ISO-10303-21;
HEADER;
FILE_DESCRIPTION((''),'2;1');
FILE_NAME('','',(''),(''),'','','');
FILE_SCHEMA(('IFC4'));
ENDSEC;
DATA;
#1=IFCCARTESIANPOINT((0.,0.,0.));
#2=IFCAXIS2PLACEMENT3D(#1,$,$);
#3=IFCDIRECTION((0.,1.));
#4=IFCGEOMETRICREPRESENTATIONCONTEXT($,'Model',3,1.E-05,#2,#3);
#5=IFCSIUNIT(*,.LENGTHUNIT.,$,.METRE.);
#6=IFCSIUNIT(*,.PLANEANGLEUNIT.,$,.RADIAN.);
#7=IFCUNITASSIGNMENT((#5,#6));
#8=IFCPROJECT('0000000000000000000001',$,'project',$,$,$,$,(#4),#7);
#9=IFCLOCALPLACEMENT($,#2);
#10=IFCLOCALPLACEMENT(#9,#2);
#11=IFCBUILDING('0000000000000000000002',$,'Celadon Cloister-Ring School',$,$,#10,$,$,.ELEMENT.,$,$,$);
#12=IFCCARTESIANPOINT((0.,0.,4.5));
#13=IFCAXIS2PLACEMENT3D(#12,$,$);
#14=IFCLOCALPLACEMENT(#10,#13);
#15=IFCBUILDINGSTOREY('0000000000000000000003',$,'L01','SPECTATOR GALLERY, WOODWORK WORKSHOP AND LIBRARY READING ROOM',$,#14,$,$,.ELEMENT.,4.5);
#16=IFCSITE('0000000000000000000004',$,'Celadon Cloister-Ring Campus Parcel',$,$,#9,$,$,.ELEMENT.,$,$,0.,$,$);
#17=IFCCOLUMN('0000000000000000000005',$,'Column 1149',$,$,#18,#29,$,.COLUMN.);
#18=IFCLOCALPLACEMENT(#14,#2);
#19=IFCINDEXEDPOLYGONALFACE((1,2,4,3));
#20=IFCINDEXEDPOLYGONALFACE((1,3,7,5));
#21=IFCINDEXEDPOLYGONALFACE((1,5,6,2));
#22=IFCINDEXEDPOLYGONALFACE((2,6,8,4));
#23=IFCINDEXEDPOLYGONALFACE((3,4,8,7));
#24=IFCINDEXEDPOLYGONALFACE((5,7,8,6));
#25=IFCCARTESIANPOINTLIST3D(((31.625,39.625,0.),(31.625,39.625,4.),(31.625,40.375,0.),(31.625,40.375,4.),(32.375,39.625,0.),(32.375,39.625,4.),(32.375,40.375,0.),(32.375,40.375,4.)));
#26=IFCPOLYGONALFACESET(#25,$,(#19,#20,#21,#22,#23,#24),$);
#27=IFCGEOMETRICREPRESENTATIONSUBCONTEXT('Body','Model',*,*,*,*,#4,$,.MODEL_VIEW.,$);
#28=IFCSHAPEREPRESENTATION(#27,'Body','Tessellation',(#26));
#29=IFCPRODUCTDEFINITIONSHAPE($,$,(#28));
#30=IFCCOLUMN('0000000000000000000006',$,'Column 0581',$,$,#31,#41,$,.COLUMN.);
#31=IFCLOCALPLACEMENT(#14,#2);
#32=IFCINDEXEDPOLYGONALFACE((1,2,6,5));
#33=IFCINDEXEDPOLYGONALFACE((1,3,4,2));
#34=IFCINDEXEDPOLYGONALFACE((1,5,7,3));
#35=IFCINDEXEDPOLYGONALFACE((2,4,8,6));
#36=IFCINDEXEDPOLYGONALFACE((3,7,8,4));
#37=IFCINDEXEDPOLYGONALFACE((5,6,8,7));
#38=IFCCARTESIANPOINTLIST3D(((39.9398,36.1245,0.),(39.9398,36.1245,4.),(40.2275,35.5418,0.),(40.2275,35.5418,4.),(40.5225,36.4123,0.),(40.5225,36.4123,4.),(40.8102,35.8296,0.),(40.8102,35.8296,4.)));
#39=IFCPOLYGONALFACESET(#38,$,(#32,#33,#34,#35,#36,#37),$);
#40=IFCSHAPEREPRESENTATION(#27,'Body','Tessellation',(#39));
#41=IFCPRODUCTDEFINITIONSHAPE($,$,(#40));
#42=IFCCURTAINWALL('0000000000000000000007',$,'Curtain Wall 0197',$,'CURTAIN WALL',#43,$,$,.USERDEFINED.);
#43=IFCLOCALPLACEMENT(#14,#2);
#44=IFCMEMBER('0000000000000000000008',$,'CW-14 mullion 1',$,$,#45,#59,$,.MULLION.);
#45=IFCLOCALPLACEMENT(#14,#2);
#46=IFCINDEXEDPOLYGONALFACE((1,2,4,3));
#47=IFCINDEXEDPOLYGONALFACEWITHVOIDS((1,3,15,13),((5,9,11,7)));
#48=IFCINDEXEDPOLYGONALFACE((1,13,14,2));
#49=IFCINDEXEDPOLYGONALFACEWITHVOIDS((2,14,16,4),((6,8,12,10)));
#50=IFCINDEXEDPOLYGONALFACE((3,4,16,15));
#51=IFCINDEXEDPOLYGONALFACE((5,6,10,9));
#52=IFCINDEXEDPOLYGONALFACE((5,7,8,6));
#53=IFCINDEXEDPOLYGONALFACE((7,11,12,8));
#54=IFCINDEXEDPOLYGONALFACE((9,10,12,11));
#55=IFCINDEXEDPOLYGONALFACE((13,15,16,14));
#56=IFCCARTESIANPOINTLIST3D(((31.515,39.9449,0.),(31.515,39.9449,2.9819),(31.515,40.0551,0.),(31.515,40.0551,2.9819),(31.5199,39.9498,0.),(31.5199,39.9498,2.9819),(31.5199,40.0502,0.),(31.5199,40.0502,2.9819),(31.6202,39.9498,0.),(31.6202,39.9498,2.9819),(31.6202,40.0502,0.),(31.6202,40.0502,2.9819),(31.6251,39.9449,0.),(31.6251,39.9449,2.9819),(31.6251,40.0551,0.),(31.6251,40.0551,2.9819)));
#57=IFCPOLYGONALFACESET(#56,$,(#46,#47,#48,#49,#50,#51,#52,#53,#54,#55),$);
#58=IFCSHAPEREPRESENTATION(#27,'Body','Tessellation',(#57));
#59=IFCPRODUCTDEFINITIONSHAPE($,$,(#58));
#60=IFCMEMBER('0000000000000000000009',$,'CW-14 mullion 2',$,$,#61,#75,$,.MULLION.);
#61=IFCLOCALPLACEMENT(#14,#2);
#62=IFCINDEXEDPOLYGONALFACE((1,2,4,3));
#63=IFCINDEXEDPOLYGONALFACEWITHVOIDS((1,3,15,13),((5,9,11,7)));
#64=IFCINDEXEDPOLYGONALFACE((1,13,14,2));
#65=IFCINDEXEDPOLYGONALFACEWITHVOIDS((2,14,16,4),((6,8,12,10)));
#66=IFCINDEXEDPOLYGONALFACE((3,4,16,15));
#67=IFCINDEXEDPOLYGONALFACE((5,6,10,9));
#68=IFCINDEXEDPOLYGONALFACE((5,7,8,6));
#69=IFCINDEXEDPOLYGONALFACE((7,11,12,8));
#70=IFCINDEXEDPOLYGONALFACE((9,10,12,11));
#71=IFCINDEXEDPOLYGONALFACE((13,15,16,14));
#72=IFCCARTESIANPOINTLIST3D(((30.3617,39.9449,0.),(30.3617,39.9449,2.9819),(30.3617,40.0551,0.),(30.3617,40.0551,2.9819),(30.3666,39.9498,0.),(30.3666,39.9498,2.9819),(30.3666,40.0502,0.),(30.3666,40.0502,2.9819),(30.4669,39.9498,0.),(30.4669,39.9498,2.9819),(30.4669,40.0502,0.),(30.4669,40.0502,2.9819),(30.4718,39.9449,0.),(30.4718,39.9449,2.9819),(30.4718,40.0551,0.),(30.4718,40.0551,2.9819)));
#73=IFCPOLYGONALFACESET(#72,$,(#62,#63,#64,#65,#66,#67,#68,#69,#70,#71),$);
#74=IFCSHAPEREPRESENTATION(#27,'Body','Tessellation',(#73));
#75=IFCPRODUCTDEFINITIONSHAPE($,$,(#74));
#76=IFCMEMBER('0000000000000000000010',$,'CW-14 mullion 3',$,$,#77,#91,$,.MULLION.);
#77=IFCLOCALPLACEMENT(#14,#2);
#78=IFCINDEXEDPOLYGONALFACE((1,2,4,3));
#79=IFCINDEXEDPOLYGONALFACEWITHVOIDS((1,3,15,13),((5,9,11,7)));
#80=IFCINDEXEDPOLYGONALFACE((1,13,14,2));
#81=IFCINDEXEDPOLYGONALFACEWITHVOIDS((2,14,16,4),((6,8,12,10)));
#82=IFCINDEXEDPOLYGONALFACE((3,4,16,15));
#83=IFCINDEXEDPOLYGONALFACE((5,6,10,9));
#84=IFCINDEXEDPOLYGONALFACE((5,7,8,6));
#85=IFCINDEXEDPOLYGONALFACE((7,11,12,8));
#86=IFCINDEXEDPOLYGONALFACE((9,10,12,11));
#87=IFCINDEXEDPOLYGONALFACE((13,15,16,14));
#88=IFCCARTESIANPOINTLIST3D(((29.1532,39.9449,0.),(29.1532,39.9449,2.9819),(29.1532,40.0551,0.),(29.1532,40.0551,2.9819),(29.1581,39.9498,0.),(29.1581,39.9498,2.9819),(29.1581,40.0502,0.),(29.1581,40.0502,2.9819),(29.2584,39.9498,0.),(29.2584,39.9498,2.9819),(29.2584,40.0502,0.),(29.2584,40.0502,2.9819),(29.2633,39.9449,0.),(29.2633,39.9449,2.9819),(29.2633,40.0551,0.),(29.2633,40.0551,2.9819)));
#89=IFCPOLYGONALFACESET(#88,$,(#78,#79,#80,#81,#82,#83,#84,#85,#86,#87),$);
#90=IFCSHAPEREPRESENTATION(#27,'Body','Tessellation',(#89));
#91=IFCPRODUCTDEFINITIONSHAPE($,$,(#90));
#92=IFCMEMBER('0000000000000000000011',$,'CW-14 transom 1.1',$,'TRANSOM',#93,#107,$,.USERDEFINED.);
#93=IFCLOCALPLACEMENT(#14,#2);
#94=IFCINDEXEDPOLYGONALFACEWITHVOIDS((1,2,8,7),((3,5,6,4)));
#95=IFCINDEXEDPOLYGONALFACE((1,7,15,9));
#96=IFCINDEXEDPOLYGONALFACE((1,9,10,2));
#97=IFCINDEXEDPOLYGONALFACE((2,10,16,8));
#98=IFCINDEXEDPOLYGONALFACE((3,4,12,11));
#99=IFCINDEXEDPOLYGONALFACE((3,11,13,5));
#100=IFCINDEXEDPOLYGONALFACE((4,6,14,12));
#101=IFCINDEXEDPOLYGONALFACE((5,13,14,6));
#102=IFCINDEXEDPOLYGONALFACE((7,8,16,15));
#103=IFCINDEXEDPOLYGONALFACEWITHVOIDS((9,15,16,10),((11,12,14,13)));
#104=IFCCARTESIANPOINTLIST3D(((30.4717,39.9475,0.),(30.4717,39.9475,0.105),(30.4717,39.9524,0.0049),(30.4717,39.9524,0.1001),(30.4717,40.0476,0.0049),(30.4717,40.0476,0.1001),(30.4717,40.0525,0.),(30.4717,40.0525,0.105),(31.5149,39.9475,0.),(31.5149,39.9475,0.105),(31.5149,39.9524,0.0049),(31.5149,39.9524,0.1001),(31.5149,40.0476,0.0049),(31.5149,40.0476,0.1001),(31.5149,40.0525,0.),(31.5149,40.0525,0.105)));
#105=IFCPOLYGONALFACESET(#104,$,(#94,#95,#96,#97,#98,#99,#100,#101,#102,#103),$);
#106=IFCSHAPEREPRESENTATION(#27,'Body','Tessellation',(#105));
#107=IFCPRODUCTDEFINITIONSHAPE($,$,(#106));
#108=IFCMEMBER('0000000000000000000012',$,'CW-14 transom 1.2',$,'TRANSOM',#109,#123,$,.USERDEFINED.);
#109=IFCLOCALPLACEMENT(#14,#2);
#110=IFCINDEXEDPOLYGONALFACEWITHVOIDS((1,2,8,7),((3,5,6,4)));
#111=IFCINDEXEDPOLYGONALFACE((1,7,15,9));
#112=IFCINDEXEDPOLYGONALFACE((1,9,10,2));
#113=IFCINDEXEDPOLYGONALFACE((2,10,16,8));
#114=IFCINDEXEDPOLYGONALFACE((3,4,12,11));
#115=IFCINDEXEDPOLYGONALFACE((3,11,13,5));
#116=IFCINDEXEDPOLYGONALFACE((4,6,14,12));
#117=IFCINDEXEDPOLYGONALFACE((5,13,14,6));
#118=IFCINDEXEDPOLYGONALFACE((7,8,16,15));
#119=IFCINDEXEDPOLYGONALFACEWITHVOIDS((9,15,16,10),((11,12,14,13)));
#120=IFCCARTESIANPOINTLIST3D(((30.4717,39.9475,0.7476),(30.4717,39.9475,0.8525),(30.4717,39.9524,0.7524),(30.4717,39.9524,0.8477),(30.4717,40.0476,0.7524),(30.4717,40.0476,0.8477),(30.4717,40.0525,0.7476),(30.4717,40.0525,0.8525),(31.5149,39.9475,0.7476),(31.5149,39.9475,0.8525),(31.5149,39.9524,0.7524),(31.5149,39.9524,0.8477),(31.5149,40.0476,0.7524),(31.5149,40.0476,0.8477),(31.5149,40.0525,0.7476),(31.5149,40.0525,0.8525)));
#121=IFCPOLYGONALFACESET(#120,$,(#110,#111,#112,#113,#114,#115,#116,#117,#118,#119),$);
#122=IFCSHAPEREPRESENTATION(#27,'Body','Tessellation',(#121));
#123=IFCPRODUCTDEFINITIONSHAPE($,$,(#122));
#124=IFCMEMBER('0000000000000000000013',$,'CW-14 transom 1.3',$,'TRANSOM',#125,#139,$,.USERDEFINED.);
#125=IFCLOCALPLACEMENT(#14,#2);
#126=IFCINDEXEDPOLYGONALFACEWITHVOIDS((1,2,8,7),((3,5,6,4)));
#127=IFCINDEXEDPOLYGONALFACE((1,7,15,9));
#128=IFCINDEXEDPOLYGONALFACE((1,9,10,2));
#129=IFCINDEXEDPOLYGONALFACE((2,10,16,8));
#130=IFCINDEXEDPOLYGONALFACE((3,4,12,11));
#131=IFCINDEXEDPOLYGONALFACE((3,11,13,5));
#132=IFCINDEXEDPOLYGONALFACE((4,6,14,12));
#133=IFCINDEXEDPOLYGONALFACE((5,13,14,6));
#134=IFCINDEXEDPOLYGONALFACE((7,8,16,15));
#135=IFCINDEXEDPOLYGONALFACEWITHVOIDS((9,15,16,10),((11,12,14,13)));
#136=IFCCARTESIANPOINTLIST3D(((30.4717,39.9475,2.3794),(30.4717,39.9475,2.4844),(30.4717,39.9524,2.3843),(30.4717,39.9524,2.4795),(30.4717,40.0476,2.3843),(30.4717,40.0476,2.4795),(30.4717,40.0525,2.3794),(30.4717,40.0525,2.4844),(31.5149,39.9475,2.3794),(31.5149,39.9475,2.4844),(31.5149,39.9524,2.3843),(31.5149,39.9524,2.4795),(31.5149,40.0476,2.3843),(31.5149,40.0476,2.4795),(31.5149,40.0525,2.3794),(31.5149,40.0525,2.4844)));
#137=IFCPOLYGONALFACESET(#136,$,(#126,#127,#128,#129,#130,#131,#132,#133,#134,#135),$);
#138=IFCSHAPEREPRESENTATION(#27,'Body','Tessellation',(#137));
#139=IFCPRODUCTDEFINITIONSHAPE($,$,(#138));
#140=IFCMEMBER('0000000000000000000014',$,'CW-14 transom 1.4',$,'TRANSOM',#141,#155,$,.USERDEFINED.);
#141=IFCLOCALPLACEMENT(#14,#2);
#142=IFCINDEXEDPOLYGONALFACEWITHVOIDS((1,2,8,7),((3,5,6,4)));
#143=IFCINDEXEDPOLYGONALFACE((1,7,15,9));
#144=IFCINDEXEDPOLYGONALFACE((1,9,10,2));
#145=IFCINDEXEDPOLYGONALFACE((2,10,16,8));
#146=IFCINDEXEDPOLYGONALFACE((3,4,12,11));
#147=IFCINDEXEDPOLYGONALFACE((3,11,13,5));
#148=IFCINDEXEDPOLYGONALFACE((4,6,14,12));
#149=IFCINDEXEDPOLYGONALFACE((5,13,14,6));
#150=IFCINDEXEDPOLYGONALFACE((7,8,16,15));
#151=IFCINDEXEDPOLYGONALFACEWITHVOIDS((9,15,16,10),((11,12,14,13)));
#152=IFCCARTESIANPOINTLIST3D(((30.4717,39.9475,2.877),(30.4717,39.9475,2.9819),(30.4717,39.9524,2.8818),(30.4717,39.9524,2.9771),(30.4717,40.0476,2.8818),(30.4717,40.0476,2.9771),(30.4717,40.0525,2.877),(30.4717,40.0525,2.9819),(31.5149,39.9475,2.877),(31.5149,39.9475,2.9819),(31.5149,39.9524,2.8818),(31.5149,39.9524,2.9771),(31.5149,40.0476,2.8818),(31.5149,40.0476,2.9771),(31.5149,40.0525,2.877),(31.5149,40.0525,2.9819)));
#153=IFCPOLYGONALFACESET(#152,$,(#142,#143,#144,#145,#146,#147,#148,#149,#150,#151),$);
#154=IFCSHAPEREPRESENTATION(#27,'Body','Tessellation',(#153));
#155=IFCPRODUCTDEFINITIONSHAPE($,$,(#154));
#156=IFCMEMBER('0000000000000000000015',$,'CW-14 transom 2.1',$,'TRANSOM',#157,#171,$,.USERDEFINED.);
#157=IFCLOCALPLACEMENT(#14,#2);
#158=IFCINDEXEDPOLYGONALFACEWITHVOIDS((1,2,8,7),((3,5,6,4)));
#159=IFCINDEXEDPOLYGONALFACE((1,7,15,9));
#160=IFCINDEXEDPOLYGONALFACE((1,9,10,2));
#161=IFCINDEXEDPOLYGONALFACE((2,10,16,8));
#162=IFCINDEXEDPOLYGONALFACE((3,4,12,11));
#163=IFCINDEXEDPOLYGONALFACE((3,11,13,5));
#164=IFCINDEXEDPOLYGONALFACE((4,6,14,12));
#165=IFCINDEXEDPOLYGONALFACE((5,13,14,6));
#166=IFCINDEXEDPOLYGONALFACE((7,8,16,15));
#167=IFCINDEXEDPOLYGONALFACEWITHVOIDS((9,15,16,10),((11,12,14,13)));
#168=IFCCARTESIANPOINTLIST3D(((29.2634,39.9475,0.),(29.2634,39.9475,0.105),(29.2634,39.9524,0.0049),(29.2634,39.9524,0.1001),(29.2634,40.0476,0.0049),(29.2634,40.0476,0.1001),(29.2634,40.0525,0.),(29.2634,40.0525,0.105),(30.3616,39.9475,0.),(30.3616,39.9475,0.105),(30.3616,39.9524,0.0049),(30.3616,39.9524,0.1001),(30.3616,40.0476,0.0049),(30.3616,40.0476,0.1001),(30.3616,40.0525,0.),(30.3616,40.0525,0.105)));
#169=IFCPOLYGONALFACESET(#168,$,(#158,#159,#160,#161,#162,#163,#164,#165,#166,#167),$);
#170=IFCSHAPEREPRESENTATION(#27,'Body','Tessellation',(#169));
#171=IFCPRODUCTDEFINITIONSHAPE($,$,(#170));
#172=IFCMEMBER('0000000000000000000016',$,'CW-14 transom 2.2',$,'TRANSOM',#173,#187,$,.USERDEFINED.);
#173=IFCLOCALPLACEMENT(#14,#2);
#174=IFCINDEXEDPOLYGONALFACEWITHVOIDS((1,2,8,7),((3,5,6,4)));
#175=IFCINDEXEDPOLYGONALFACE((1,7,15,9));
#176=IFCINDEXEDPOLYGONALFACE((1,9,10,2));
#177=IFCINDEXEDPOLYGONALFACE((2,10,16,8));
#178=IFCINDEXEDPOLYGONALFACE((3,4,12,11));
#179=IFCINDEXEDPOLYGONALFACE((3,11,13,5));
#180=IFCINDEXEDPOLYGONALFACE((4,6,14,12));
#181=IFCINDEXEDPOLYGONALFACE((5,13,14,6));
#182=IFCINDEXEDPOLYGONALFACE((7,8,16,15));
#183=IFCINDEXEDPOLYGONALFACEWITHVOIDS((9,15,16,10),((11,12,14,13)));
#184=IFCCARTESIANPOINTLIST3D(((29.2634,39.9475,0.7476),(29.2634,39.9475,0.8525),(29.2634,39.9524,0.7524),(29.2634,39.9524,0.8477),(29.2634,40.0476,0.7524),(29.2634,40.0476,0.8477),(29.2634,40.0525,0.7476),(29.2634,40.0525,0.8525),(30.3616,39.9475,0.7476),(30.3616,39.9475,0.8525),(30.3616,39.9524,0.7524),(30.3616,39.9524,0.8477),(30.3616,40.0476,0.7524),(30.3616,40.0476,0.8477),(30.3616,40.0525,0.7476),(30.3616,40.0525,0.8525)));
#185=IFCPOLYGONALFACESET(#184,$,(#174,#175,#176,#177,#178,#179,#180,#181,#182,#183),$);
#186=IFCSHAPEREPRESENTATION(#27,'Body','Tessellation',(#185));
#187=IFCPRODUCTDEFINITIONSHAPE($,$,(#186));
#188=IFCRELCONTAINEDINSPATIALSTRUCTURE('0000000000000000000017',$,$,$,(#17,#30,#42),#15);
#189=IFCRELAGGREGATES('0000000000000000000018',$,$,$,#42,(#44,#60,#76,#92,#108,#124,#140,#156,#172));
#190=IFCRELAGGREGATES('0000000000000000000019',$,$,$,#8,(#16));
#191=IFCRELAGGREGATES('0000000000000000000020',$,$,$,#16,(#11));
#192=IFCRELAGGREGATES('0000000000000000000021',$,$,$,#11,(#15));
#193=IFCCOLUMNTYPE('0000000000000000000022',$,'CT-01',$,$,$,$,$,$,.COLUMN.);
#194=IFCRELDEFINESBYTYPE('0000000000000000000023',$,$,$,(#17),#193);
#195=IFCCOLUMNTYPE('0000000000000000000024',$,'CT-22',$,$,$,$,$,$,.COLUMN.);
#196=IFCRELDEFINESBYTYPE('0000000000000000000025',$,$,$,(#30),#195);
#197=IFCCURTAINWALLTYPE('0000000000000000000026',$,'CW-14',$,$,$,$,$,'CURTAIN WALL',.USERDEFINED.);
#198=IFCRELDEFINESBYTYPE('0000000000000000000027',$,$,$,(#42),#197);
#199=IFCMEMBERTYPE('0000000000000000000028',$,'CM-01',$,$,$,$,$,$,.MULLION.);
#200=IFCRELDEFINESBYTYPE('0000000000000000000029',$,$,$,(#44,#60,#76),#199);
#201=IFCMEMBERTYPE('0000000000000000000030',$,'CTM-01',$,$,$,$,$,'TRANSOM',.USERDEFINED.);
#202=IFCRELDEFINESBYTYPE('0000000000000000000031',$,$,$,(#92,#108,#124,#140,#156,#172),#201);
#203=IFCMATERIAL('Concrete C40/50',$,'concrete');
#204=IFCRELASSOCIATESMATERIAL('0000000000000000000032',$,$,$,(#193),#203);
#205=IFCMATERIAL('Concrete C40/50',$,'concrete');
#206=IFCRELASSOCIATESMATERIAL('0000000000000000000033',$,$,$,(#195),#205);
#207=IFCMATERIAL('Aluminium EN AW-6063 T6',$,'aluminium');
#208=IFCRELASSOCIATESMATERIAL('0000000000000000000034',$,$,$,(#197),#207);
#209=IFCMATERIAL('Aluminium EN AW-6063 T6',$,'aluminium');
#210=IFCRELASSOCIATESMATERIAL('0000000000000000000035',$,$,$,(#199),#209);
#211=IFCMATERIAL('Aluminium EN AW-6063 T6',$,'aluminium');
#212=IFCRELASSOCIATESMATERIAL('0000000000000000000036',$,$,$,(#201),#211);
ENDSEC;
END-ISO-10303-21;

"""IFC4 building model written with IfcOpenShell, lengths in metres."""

from ifc_helpers import new_model, si_unit, direction, frame, origin, origin_2d, place, context, subcontext, project, spatial, rectangle, hollow_rectangle, extrude, material, material_profile, profile_set, type_object, element, aggregate, save


model = new_model("IFC4")

# Units and contexts
model_context = context("Model", 3, precision=1e-05, world=origin(), true_north=direction((0.0, 1.0)))
body_context = subcontext(model_context, "Body", "Model", "MODEL_VIEW")
ifc_project = project(units=[si_unit("LENGTHUNIT", "METRE"), si_unit("PLANEANGLEUNIT", "RADIAN")], contexts=[model_context])

# Site, building, storey
site_placement = place(None, origin())
site = spatial("IfcSite", under=ifc_project, at=site_placement, Name="Celadon Cloister-Ring Campus Parcel", CompositionType="ELEMENT", RefElevation=0.0)
building_placement = place(site_placement, origin())
building = spatial("IfcBuilding", under=site, at=building_placement, Name="Celadon Cloister-Ring School", CompositionType="ELEMENT")
storey_placement = place(building_placement, frame((0.0, 0.0, 4.5)))
storey = spatial("IfcBuildingStorey", under=building, at=storey_placement, Name="L01", Description="SPECTATOR GALLERY, WOODWORK WORKSHOP AND LIBRARY READING ROOM", CompositionType="ELEMENT", Elevation=4.5)

# Columns
ifc_material_1 = material(Name="Concrete C40/50", Category="concrete")
ifc_material_profile_1 = material_profile(ifc_material_1, rectangle(XDim=0.75, YDim=0.75, at=origin_2d()), Name="RC750X750")
ifc_profile_set_1 = profile_set([ifc_material_profile_1], Name="Concrete C40/50")
column_type_1 = type_object("IfcColumnType", Name="CT-01", PredefinedType="COLUMN", material=ifc_profile_set_1)
column_1_placement = place(storey_placement, frame((32.0, 40.0, 0.0), z_axis=(0.0, 0.0, 1.0), x_axis=(1.0, 0.0, 0.0)))
element("IfcColumn", 1, at=column_1_placement, inside=storey, type_object=column_type_1, Name="Column 1149", PredefinedType="COLUMN", context=body_context, shape_type="SweptSolid", body=[
    extrude(rectangle(XDim=0.75, YDim=0.75, at=origin_2d()), origin(), (0.0, 0.0, 1.0), 4.0),
])
ifc_material_2 = material(Name="Concrete C40/50", Category="concrete")
ifc_material_profile_2 = material_profile(ifc_material_2, rectangle(XDim=0.6499, YDim=0.6499, at=origin_2d()), Name="RC650X650")
ifc_profile_set_2 = profile_set([ifc_material_profile_2], Name="Concrete C40/50")
column_type_2 = type_object("IfcColumnType", Name="CT-22", PredefinedType="COLUMN", material=ifc_profile_set_2)
column_2_placement = place(storey_placement, frame((40.375, 35.9771, 0.0), z_axis=(0.0, 0.0, 1.0), x_axis=(-0.896641, -0.442758, 0.0)))
element("IfcColumn", 2, at=column_2_placement, inside=storey, type_object=column_type_2, Name="Column 0581", PredefinedType="COLUMN", context=body_context, shape_type="SweptSolid", body=[
    extrude(rectangle(XDim=0.6499, YDim=0.6499, at=origin_2d()), origin(), (0.0, 0.0, 1.0), 4.0),
])

# Curtain wall, members
ifc_material_3 = material(Name="Aluminium EN AW-6063 T6", Category="aluminium")
curtain_wall_type = type_object("IfcCurtainWallType", Name="CW-14", ElementType="CURTAIN WALL", PredefinedType="USERDEFINED", material=ifc_material_3)
curtain_wall_placement = place(storey_placement, origin())
curtain_wall = element("IfcCurtainWall", 3, at=curtain_wall_placement, inside=storey, type_object=curtain_wall_type, Name="Curtain Wall 0197", ObjectType="CURTAIN WALL", PredefinedType="USERDEFINED")
ifc_material_4 = material(Name="Aluminium EN AW-6063 T6", Category="aluminium")
ifc_material_profile_3 = material_profile(ifc_material_4, hollow_rectangle(XDim=0.1101, YDim=0.1101, WallThickness=0.0049, at=origin_2d()), Name="RHS110X110X5")
ifc_profile_set_3 = profile_set([ifc_material_profile_3], Name="Aluminium EN AW-6063 T6")
member_type_1 = type_object("IfcMemberType", Name="CM-01", PredefinedType="MULLION", material=ifc_profile_set_3)
member_1_placement = place(storey_placement, frame((31.5701, 40.0, 0.0), z_axis=(0.0, 0.0, 1.0), x_axis=(0.0, -1.0, 0.0)))
member_1 = element("IfcMember", 4, at=member_1_placement, type_object=member_type_1, Name="CW-14 mullion 1", PredefinedType="MULLION", context=body_context, shape_type="SweptSolid", body=[
    extrude(hollow_rectangle(XDim=0.1101, YDim=0.1101, WallThickness=0.0049, at=origin_2d()), origin(), (0.0, 0.0, 1.0), 2.9819),
])
member_2_placement = place(storey_placement, frame((30.4167, 40.0, 0.0), z_axis=(0.0, 0.0, 1.0), x_axis=(0.0, -1.0, 0.0)))
member_2 = element("IfcMember", 5, at=member_2_placement, type_object=member_type_1, Name="CW-14 mullion 2", PredefinedType="MULLION", context=body_context, shape_type="SweptSolid", body=[
    extrude(hollow_rectangle(XDim=0.1101, YDim=0.1101, WallThickness=0.0049, at=origin_2d()), origin(), (0.0, 0.0, 1.0), 2.9819),
])
member_3_placement = place(storey_placement, frame((29.2083, 40.0, 0.0), z_axis=(0.0, 0.0, 1.0), x_axis=(0.0, -1.0, 0.0)))
member_3 = element("IfcMember", 6, at=member_3_placement, type_object=member_type_1, Name="CW-14 mullion 3", PredefinedType="MULLION", context=body_context, shape_type="SweptSolid", body=[
    extrude(hollow_rectangle(XDim=0.1101, YDim=0.1101, WallThickness=0.0049, at=origin_2d()), origin(), (0.0, 0.0, 1.0), 2.9819),
])
ifc_material_5 = material(Name="Aluminium EN AW-6063 T6", Category="aluminium")
ifc_material_profile_4 = material_profile(ifc_material_5, hollow_rectangle(XDim=0.105, YDim=0.105, WallThickness=0.0049, at=origin_2d()), Name="RHS105X105X5")
ifc_profile_set_4 = profile_set([ifc_material_profile_4], Name="Aluminium EN AW-6063 T6")
member_type_2 = type_object("IfcMemberType", Name="CTM-01", ElementType="TRANSOM", PredefinedType="USERDEFINED", material=ifc_profile_set_4)
member_4_placement = place(storey_placement, frame((31.5149, 40.0, 0.0525), z_axis=(-1.0, 0.0, 0.0), x_axis=(0.0, -1.0, 0.0)))
member_4 = element("IfcMember", 7, at=member_4_placement, type_object=member_type_2, Name="CW-14 transom 1.1", ObjectType="TRANSOM", PredefinedType="USERDEFINED", context=body_context, shape_type="SweptSolid", body=[
    extrude(hollow_rectangle(XDim=0.105, YDim=0.105, WallThickness=0.0049, at=origin_2d()), origin(), (0.0, 0.0, 1.0), 1.0432),
])
member_5_placement = place(storey_placement, frame((31.5149, 40.0, 0.8), z_axis=(-1.0, 0.0, 0.0), x_axis=(0.0, -1.0, 0.0)))
member_5 = element("IfcMember", 8, at=member_5_placement, type_object=member_type_2, Name="CW-14 transom 1.2", ObjectType="TRANSOM", PredefinedType="USERDEFINED", context=body_context, shape_type="SweptSolid", body=[
    extrude(hollow_rectangle(XDim=0.105, YDim=0.105, WallThickness=0.0049, at=origin_2d()), origin(), (0.0, 0.0, 1.0), 1.0432),
])
member_6_placement = place(storey_placement, frame((31.5149, 40.0, 2.4319), z_axis=(-1.0, 0.0, 0.0), x_axis=(0.0, -1.0, 0.0)))
member_6 = element("IfcMember", 9, at=member_6_placement, type_object=member_type_2, Name="CW-14 transom 1.3", ObjectType="TRANSOM", PredefinedType="USERDEFINED", context=body_context, shape_type="SweptSolid", body=[
    extrude(hollow_rectangle(XDim=0.105, YDim=0.105, WallThickness=0.0049, at=origin_2d()), origin(), (0.0, 0.0, 1.0), 1.0432),
])
member_7_placement = place(storey_placement, frame((31.5149, 40.0, 2.9294), z_axis=(-1.0, 0.0, 0.0), x_axis=(0.0, -1.0, 0.0)))
member_7 = element("IfcMember", 10, at=member_7_placement, type_object=member_type_2, Name="CW-14 transom 1.4", ObjectType="TRANSOM", PredefinedType="USERDEFINED", context=body_context, shape_type="SweptSolid", body=[
    extrude(hollow_rectangle(XDim=0.105, YDim=0.105, WallThickness=0.0049, at=origin_2d()), origin(), (0.0, 0.0, 1.0), 1.0432),
])
member_8_placement = place(storey_placement, frame((30.3616, 40.0, 0.0525), z_axis=(-1.0, 0.0, 0.0), x_axis=(0.0, -1.0, 0.0)))
member_8 = element("IfcMember", 11, at=member_8_placement, type_object=member_type_2, Name="CW-14 transom 2.1", ObjectType="TRANSOM", PredefinedType="USERDEFINED", context=body_context, shape_type="SweptSolid", body=[
    extrude(hollow_rectangle(XDim=0.105, YDim=0.105, WallThickness=0.0049, at=origin_2d()), origin(), (0.0, 0.0, 1.0), 1.0981),
])
member_9_placement = place(storey_placement, frame((30.3616, 40.0, 0.8), z_axis=(-1.0, 0.0, 0.0), x_axis=(0.0, -1.0, 0.0)))
member_9 = element("IfcMember", 12, at=member_9_placement, type_object=member_type_2, Name="CW-14 transom 2.2", ObjectType="TRANSOM", PredefinedType="USERDEFINED", context=body_context, shape_type="SweptSolid", body=[
    extrude(hollow_rectangle(XDim=0.105, YDim=0.105, WallThickness=0.0049, at=origin_2d()), origin(), (0.0, 0.0, 1.0), 1.0981),
])

aggregate(curtain_wall, [member_1, member_2, member_3, member_4, member_5, member_6, member_7, member_8, member_9])

save(model, "model.ifc")
